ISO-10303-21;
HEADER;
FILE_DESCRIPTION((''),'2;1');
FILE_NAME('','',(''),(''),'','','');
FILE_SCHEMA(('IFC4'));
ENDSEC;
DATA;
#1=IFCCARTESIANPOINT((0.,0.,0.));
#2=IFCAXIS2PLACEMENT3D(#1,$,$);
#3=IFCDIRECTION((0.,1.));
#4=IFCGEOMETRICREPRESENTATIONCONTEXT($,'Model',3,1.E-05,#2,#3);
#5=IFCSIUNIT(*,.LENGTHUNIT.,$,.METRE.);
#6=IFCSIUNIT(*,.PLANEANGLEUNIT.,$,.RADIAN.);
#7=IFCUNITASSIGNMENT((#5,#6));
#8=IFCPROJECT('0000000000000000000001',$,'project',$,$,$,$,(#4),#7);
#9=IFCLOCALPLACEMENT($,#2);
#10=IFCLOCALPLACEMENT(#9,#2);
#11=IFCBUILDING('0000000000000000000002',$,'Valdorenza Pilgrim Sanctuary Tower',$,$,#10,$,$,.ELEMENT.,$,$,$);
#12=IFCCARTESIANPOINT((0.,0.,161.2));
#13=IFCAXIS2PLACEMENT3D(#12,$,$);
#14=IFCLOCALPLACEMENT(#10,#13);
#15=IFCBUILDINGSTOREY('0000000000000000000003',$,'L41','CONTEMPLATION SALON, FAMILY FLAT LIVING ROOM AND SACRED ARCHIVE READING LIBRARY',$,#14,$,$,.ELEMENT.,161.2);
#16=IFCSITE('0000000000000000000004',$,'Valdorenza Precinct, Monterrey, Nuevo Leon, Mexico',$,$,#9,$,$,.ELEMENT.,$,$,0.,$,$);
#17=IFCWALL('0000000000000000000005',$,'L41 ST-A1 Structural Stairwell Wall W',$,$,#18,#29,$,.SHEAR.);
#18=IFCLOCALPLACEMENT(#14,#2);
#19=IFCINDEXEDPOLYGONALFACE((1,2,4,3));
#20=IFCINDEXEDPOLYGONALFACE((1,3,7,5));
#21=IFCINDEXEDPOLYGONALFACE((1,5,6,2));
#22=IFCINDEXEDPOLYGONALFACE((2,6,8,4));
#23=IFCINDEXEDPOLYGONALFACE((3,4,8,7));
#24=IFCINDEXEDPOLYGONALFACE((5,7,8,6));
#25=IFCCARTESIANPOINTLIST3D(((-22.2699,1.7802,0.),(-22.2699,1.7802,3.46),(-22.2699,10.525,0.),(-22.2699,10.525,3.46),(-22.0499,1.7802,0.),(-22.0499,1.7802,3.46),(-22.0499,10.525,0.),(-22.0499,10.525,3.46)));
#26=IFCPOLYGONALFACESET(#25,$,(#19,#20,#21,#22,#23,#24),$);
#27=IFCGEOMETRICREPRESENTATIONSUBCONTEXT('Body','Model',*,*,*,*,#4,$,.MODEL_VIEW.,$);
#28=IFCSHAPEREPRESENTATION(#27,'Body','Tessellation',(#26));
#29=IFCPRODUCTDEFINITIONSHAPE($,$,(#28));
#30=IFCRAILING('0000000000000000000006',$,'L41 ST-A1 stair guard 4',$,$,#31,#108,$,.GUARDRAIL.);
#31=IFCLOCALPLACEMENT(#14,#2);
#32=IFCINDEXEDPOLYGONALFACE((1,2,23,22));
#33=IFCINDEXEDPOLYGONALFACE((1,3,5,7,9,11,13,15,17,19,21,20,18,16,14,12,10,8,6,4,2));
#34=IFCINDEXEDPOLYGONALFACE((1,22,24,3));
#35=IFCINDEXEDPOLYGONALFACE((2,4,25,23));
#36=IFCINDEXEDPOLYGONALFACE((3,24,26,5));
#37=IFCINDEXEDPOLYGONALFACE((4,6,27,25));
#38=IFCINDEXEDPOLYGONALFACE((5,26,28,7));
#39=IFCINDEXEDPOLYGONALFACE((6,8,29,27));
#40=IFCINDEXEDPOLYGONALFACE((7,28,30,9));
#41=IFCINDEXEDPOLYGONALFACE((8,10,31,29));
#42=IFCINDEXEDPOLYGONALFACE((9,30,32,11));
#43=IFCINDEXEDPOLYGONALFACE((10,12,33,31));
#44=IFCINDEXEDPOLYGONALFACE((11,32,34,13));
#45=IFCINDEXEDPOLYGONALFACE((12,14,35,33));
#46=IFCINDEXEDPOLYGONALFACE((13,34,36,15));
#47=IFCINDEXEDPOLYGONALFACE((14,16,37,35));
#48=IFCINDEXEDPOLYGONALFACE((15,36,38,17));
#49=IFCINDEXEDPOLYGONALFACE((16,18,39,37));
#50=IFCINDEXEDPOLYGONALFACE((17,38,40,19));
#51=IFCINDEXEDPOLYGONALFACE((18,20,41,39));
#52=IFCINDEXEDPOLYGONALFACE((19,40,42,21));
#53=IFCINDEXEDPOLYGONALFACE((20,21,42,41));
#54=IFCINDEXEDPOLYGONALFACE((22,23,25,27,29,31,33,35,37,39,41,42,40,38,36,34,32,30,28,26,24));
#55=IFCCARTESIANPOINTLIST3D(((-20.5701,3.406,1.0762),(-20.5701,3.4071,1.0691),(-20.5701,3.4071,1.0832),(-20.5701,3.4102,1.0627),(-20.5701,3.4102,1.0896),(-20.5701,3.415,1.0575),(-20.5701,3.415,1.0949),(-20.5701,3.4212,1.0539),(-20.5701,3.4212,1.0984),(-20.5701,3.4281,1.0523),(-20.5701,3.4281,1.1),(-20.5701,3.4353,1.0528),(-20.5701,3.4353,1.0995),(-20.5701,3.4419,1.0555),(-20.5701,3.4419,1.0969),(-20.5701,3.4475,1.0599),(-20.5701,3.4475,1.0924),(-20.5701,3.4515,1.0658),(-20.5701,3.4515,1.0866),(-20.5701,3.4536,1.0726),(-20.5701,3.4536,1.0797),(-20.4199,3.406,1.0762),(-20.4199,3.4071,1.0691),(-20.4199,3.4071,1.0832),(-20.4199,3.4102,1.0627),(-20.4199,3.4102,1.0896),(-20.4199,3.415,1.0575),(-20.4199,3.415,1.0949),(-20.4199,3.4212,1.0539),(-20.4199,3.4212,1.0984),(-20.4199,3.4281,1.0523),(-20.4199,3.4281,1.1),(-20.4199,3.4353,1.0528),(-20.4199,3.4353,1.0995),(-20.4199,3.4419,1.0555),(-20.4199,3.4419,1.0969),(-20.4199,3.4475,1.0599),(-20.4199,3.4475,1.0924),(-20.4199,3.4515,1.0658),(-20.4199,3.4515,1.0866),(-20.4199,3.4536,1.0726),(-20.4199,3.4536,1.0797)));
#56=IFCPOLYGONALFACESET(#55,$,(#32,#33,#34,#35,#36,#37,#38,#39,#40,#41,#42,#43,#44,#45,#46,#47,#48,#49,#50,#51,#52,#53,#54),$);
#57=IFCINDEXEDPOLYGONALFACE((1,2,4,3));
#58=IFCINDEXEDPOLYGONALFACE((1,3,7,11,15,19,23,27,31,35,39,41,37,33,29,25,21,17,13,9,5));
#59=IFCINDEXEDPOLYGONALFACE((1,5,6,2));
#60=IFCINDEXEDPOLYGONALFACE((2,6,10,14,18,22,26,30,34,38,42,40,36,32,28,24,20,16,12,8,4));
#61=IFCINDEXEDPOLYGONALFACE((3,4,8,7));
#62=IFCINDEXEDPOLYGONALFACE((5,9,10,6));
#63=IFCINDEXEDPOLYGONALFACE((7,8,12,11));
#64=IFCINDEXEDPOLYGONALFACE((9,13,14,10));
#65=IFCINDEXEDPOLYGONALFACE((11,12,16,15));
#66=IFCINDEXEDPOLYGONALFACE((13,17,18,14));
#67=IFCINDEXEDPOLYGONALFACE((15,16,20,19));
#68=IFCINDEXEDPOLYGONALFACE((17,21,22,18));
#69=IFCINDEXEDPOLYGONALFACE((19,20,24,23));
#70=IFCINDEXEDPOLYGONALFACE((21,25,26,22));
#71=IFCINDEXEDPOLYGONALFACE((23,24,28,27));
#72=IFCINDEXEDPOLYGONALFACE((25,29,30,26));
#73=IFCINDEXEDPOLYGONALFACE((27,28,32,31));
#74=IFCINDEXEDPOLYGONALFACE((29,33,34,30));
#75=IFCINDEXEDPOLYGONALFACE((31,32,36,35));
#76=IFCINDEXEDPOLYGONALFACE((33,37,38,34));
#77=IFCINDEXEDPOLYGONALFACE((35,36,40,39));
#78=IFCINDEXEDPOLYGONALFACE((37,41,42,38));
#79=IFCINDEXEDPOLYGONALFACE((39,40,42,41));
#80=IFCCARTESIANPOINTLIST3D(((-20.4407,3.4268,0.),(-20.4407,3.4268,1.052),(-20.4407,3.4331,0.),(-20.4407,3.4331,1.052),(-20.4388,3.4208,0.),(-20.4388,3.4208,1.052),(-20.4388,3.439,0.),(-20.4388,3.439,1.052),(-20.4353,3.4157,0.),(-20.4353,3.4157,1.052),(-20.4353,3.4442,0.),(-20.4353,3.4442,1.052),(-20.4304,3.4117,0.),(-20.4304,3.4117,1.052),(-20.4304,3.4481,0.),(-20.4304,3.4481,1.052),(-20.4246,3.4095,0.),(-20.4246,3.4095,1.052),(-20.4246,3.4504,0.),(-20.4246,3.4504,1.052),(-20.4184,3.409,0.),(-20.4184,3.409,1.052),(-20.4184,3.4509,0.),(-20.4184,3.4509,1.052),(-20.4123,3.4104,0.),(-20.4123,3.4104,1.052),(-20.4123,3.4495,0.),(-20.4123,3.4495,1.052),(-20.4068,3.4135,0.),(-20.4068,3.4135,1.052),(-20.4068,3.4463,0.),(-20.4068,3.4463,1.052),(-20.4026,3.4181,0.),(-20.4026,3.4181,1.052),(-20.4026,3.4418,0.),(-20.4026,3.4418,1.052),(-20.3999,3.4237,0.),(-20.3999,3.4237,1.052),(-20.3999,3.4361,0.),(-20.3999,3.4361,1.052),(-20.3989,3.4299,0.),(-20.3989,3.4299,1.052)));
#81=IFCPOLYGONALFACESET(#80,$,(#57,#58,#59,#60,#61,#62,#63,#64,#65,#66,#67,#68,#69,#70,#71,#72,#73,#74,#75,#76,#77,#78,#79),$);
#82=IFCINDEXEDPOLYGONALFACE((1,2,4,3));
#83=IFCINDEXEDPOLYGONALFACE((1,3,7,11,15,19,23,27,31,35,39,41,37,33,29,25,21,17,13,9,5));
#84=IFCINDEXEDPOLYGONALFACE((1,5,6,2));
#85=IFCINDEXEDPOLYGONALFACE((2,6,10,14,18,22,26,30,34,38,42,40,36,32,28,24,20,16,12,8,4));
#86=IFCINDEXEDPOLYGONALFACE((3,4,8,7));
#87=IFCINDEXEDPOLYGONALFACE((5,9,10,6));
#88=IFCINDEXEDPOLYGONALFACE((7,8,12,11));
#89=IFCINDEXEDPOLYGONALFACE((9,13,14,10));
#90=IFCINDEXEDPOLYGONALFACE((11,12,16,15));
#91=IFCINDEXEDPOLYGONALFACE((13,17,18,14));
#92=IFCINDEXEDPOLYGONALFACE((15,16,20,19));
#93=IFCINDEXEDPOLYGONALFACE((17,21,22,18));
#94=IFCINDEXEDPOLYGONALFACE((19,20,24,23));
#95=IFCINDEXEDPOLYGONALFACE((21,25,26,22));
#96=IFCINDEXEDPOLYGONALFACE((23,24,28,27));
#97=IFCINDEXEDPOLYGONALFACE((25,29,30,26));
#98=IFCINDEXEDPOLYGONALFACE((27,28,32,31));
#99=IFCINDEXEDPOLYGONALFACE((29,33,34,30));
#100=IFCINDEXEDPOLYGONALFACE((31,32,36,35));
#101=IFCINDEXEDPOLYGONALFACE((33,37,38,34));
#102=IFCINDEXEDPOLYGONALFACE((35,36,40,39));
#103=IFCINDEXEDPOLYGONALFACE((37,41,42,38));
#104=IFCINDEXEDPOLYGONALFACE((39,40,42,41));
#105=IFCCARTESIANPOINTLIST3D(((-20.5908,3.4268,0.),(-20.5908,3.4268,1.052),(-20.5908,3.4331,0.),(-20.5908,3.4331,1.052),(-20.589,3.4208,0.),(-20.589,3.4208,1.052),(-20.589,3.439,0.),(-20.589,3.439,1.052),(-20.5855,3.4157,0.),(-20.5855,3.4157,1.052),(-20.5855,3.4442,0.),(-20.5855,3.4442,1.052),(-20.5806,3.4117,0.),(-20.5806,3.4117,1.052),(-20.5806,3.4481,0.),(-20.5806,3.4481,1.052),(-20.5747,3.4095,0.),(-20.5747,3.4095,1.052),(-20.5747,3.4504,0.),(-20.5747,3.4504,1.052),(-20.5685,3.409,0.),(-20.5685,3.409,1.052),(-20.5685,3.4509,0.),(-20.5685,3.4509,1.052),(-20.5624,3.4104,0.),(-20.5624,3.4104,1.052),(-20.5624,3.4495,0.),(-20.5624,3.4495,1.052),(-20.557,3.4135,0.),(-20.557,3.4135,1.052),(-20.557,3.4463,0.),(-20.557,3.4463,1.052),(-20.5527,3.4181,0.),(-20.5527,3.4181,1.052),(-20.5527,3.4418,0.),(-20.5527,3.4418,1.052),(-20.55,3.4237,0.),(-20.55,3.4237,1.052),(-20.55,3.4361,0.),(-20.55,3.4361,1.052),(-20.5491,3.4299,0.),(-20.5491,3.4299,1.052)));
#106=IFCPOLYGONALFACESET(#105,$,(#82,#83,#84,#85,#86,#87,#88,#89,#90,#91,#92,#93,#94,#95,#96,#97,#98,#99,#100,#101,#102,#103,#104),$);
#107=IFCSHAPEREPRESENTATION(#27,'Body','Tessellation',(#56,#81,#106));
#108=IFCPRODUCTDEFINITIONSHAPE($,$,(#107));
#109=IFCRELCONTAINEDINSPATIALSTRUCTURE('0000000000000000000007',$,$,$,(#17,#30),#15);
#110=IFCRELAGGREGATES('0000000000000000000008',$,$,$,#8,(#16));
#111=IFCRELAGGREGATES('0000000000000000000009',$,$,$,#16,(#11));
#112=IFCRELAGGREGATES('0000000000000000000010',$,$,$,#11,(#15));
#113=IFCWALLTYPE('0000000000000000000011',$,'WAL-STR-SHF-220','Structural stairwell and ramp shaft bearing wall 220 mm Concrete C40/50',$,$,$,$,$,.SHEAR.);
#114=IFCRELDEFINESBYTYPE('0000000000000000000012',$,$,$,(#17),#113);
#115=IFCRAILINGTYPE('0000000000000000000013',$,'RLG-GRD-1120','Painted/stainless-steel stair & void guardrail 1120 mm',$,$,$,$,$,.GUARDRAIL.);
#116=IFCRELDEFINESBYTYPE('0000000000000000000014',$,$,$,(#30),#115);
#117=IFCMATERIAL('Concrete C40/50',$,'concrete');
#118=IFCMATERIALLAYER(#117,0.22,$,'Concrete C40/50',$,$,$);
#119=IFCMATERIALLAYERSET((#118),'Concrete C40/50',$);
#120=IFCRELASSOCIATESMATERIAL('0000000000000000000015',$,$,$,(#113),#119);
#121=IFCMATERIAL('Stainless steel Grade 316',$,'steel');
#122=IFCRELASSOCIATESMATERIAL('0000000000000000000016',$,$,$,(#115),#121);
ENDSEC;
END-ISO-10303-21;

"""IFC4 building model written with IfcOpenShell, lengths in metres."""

from ifc_helpers import new_model, si_unit, direction, frame, frame_2d, origin, origin_2d, place, context, subcontext, project, spatial, rectangle, circle, extrude, material, layer, layer_set, type_object, element, save


model = new_model("IFC4")

# Units and contexts
model_context = context("Model", 3, precision=1e-05, world=origin(), true_north=direction((0.0, 1.0)))
body_context = subcontext(model_context, "Body", "Model", "MODEL_VIEW")
ifc_project = project(units=[si_unit("LENGTHUNIT", "METRE"), si_unit("PLANEANGLEUNIT", "RADIAN")], contexts=[model_context])

# Site, building, storey
site_placement = place(None, origin())
site = spatial("IfcSite", under=ifc_project, at=site_placement, Name="Valdorenza Precinct, Monterrey, Nuevo Leon, Mexico", CompositionType="ELEMENT", RefElevation=0.0)
building_placement = place(site_placement, origin())
building = spatial("IfcBuilding", under=site, at=building_placement, Name="Valdorenza Pilgrim Sanctuary Tower", CompositionType="ELEMENT")
storey_placement = place(building_placement, frame((0.0, 0.0, 161.2)))
storey = spatial("IfcBuildingStorey", under=building, at=storey_placement, Name="L41", Description="CONTEMPLATION SALON, FAMILY FLAT LIVING ROOM AND SACRED ARCHIVE READING LIBRARY", CompositionType="ELEMENT", Elevation=161.2)

# Wall
ifc_material_1 = material(Name="Concrete C40/50", Category="concrete")
ifc_layer_1 = layer(ifc_material_1, 0.22, Name="Concrete C40/50")
ifc_layer_set_1 = layer_set([ifc_layer_1], Name="Concrete C40/50")
wall_type_1 = type_object("IfcWallType", Name="WAL-STR-SHF-220", Description="Structural stairwell and ramp shaft bearing wall 220 mm Concrete C40/50", PredefinedType="SHEAR", material=ifc_layer_set_1)
wall_1_placement = place(storey_placement, frame((-22.1599, 1.78, 0.0), z_axis=(0.0, 0.0, 1.0), x_axis=(0.0, 1.0, 0.0)))
element("IfcWall", 1, at=wall_1_placement, inside=storey, type_object=wall_type_1, Name="L41 ST-A1 Structural Stairwell Wall W", PredefinedType="SHEAR", context=body_context, shape_type="SweptSolid", body=[
    extrude(rectangle(XDim=8.7449, YDim=0.22, at=frame_2d((4.3726, 0.0))), origin(), (0.0, 0.0, 1.0), 3.46),
])

# Railing
ifc_material_2 = material(Name="Stainless steel Grade 316", Category="steel")
railing_type = type_object("IfcRailingType", Name="RLG-GRD-1120", Description="Painted/stainless-steel stair & void guardrail 1120 mm", PredefinedType="GUARDRAIL", material=ifc_material_2)
railing_placement = place(storey_placement, frame((-20.4199, 3.4299, 0.0)))
element("IfcRailing", 2, at=railing_placement, inside=storey, type_object=railing_type, Name="L41 ST-A1 stair guard 4", PredefinedType="GUARDRAIL", context=body_context, shape_type="SweptSolid", body=[
    extrude(circle(Radius=0.0239, at=origin_2d()), frame((0.0, 0.0, 1.0762), z_axis=(-1.0, 0.0, 0.0), x_axis=(0.0, -1.0, 0.0)), (0.0, 0.0, 1.0), 0.1501),
    extrude(circle(Radius=0.021, at=origin_2d()), origin(), (0.0, 0.0, 1.0), 1.052),
    extrude(circle(Radius=0.021, at=origin_2d()), frame((-0.1501, 0.0, 0.0)), (0.0, 0.0, 1.0), 1.052),
])

save(model, "model.ifc")
